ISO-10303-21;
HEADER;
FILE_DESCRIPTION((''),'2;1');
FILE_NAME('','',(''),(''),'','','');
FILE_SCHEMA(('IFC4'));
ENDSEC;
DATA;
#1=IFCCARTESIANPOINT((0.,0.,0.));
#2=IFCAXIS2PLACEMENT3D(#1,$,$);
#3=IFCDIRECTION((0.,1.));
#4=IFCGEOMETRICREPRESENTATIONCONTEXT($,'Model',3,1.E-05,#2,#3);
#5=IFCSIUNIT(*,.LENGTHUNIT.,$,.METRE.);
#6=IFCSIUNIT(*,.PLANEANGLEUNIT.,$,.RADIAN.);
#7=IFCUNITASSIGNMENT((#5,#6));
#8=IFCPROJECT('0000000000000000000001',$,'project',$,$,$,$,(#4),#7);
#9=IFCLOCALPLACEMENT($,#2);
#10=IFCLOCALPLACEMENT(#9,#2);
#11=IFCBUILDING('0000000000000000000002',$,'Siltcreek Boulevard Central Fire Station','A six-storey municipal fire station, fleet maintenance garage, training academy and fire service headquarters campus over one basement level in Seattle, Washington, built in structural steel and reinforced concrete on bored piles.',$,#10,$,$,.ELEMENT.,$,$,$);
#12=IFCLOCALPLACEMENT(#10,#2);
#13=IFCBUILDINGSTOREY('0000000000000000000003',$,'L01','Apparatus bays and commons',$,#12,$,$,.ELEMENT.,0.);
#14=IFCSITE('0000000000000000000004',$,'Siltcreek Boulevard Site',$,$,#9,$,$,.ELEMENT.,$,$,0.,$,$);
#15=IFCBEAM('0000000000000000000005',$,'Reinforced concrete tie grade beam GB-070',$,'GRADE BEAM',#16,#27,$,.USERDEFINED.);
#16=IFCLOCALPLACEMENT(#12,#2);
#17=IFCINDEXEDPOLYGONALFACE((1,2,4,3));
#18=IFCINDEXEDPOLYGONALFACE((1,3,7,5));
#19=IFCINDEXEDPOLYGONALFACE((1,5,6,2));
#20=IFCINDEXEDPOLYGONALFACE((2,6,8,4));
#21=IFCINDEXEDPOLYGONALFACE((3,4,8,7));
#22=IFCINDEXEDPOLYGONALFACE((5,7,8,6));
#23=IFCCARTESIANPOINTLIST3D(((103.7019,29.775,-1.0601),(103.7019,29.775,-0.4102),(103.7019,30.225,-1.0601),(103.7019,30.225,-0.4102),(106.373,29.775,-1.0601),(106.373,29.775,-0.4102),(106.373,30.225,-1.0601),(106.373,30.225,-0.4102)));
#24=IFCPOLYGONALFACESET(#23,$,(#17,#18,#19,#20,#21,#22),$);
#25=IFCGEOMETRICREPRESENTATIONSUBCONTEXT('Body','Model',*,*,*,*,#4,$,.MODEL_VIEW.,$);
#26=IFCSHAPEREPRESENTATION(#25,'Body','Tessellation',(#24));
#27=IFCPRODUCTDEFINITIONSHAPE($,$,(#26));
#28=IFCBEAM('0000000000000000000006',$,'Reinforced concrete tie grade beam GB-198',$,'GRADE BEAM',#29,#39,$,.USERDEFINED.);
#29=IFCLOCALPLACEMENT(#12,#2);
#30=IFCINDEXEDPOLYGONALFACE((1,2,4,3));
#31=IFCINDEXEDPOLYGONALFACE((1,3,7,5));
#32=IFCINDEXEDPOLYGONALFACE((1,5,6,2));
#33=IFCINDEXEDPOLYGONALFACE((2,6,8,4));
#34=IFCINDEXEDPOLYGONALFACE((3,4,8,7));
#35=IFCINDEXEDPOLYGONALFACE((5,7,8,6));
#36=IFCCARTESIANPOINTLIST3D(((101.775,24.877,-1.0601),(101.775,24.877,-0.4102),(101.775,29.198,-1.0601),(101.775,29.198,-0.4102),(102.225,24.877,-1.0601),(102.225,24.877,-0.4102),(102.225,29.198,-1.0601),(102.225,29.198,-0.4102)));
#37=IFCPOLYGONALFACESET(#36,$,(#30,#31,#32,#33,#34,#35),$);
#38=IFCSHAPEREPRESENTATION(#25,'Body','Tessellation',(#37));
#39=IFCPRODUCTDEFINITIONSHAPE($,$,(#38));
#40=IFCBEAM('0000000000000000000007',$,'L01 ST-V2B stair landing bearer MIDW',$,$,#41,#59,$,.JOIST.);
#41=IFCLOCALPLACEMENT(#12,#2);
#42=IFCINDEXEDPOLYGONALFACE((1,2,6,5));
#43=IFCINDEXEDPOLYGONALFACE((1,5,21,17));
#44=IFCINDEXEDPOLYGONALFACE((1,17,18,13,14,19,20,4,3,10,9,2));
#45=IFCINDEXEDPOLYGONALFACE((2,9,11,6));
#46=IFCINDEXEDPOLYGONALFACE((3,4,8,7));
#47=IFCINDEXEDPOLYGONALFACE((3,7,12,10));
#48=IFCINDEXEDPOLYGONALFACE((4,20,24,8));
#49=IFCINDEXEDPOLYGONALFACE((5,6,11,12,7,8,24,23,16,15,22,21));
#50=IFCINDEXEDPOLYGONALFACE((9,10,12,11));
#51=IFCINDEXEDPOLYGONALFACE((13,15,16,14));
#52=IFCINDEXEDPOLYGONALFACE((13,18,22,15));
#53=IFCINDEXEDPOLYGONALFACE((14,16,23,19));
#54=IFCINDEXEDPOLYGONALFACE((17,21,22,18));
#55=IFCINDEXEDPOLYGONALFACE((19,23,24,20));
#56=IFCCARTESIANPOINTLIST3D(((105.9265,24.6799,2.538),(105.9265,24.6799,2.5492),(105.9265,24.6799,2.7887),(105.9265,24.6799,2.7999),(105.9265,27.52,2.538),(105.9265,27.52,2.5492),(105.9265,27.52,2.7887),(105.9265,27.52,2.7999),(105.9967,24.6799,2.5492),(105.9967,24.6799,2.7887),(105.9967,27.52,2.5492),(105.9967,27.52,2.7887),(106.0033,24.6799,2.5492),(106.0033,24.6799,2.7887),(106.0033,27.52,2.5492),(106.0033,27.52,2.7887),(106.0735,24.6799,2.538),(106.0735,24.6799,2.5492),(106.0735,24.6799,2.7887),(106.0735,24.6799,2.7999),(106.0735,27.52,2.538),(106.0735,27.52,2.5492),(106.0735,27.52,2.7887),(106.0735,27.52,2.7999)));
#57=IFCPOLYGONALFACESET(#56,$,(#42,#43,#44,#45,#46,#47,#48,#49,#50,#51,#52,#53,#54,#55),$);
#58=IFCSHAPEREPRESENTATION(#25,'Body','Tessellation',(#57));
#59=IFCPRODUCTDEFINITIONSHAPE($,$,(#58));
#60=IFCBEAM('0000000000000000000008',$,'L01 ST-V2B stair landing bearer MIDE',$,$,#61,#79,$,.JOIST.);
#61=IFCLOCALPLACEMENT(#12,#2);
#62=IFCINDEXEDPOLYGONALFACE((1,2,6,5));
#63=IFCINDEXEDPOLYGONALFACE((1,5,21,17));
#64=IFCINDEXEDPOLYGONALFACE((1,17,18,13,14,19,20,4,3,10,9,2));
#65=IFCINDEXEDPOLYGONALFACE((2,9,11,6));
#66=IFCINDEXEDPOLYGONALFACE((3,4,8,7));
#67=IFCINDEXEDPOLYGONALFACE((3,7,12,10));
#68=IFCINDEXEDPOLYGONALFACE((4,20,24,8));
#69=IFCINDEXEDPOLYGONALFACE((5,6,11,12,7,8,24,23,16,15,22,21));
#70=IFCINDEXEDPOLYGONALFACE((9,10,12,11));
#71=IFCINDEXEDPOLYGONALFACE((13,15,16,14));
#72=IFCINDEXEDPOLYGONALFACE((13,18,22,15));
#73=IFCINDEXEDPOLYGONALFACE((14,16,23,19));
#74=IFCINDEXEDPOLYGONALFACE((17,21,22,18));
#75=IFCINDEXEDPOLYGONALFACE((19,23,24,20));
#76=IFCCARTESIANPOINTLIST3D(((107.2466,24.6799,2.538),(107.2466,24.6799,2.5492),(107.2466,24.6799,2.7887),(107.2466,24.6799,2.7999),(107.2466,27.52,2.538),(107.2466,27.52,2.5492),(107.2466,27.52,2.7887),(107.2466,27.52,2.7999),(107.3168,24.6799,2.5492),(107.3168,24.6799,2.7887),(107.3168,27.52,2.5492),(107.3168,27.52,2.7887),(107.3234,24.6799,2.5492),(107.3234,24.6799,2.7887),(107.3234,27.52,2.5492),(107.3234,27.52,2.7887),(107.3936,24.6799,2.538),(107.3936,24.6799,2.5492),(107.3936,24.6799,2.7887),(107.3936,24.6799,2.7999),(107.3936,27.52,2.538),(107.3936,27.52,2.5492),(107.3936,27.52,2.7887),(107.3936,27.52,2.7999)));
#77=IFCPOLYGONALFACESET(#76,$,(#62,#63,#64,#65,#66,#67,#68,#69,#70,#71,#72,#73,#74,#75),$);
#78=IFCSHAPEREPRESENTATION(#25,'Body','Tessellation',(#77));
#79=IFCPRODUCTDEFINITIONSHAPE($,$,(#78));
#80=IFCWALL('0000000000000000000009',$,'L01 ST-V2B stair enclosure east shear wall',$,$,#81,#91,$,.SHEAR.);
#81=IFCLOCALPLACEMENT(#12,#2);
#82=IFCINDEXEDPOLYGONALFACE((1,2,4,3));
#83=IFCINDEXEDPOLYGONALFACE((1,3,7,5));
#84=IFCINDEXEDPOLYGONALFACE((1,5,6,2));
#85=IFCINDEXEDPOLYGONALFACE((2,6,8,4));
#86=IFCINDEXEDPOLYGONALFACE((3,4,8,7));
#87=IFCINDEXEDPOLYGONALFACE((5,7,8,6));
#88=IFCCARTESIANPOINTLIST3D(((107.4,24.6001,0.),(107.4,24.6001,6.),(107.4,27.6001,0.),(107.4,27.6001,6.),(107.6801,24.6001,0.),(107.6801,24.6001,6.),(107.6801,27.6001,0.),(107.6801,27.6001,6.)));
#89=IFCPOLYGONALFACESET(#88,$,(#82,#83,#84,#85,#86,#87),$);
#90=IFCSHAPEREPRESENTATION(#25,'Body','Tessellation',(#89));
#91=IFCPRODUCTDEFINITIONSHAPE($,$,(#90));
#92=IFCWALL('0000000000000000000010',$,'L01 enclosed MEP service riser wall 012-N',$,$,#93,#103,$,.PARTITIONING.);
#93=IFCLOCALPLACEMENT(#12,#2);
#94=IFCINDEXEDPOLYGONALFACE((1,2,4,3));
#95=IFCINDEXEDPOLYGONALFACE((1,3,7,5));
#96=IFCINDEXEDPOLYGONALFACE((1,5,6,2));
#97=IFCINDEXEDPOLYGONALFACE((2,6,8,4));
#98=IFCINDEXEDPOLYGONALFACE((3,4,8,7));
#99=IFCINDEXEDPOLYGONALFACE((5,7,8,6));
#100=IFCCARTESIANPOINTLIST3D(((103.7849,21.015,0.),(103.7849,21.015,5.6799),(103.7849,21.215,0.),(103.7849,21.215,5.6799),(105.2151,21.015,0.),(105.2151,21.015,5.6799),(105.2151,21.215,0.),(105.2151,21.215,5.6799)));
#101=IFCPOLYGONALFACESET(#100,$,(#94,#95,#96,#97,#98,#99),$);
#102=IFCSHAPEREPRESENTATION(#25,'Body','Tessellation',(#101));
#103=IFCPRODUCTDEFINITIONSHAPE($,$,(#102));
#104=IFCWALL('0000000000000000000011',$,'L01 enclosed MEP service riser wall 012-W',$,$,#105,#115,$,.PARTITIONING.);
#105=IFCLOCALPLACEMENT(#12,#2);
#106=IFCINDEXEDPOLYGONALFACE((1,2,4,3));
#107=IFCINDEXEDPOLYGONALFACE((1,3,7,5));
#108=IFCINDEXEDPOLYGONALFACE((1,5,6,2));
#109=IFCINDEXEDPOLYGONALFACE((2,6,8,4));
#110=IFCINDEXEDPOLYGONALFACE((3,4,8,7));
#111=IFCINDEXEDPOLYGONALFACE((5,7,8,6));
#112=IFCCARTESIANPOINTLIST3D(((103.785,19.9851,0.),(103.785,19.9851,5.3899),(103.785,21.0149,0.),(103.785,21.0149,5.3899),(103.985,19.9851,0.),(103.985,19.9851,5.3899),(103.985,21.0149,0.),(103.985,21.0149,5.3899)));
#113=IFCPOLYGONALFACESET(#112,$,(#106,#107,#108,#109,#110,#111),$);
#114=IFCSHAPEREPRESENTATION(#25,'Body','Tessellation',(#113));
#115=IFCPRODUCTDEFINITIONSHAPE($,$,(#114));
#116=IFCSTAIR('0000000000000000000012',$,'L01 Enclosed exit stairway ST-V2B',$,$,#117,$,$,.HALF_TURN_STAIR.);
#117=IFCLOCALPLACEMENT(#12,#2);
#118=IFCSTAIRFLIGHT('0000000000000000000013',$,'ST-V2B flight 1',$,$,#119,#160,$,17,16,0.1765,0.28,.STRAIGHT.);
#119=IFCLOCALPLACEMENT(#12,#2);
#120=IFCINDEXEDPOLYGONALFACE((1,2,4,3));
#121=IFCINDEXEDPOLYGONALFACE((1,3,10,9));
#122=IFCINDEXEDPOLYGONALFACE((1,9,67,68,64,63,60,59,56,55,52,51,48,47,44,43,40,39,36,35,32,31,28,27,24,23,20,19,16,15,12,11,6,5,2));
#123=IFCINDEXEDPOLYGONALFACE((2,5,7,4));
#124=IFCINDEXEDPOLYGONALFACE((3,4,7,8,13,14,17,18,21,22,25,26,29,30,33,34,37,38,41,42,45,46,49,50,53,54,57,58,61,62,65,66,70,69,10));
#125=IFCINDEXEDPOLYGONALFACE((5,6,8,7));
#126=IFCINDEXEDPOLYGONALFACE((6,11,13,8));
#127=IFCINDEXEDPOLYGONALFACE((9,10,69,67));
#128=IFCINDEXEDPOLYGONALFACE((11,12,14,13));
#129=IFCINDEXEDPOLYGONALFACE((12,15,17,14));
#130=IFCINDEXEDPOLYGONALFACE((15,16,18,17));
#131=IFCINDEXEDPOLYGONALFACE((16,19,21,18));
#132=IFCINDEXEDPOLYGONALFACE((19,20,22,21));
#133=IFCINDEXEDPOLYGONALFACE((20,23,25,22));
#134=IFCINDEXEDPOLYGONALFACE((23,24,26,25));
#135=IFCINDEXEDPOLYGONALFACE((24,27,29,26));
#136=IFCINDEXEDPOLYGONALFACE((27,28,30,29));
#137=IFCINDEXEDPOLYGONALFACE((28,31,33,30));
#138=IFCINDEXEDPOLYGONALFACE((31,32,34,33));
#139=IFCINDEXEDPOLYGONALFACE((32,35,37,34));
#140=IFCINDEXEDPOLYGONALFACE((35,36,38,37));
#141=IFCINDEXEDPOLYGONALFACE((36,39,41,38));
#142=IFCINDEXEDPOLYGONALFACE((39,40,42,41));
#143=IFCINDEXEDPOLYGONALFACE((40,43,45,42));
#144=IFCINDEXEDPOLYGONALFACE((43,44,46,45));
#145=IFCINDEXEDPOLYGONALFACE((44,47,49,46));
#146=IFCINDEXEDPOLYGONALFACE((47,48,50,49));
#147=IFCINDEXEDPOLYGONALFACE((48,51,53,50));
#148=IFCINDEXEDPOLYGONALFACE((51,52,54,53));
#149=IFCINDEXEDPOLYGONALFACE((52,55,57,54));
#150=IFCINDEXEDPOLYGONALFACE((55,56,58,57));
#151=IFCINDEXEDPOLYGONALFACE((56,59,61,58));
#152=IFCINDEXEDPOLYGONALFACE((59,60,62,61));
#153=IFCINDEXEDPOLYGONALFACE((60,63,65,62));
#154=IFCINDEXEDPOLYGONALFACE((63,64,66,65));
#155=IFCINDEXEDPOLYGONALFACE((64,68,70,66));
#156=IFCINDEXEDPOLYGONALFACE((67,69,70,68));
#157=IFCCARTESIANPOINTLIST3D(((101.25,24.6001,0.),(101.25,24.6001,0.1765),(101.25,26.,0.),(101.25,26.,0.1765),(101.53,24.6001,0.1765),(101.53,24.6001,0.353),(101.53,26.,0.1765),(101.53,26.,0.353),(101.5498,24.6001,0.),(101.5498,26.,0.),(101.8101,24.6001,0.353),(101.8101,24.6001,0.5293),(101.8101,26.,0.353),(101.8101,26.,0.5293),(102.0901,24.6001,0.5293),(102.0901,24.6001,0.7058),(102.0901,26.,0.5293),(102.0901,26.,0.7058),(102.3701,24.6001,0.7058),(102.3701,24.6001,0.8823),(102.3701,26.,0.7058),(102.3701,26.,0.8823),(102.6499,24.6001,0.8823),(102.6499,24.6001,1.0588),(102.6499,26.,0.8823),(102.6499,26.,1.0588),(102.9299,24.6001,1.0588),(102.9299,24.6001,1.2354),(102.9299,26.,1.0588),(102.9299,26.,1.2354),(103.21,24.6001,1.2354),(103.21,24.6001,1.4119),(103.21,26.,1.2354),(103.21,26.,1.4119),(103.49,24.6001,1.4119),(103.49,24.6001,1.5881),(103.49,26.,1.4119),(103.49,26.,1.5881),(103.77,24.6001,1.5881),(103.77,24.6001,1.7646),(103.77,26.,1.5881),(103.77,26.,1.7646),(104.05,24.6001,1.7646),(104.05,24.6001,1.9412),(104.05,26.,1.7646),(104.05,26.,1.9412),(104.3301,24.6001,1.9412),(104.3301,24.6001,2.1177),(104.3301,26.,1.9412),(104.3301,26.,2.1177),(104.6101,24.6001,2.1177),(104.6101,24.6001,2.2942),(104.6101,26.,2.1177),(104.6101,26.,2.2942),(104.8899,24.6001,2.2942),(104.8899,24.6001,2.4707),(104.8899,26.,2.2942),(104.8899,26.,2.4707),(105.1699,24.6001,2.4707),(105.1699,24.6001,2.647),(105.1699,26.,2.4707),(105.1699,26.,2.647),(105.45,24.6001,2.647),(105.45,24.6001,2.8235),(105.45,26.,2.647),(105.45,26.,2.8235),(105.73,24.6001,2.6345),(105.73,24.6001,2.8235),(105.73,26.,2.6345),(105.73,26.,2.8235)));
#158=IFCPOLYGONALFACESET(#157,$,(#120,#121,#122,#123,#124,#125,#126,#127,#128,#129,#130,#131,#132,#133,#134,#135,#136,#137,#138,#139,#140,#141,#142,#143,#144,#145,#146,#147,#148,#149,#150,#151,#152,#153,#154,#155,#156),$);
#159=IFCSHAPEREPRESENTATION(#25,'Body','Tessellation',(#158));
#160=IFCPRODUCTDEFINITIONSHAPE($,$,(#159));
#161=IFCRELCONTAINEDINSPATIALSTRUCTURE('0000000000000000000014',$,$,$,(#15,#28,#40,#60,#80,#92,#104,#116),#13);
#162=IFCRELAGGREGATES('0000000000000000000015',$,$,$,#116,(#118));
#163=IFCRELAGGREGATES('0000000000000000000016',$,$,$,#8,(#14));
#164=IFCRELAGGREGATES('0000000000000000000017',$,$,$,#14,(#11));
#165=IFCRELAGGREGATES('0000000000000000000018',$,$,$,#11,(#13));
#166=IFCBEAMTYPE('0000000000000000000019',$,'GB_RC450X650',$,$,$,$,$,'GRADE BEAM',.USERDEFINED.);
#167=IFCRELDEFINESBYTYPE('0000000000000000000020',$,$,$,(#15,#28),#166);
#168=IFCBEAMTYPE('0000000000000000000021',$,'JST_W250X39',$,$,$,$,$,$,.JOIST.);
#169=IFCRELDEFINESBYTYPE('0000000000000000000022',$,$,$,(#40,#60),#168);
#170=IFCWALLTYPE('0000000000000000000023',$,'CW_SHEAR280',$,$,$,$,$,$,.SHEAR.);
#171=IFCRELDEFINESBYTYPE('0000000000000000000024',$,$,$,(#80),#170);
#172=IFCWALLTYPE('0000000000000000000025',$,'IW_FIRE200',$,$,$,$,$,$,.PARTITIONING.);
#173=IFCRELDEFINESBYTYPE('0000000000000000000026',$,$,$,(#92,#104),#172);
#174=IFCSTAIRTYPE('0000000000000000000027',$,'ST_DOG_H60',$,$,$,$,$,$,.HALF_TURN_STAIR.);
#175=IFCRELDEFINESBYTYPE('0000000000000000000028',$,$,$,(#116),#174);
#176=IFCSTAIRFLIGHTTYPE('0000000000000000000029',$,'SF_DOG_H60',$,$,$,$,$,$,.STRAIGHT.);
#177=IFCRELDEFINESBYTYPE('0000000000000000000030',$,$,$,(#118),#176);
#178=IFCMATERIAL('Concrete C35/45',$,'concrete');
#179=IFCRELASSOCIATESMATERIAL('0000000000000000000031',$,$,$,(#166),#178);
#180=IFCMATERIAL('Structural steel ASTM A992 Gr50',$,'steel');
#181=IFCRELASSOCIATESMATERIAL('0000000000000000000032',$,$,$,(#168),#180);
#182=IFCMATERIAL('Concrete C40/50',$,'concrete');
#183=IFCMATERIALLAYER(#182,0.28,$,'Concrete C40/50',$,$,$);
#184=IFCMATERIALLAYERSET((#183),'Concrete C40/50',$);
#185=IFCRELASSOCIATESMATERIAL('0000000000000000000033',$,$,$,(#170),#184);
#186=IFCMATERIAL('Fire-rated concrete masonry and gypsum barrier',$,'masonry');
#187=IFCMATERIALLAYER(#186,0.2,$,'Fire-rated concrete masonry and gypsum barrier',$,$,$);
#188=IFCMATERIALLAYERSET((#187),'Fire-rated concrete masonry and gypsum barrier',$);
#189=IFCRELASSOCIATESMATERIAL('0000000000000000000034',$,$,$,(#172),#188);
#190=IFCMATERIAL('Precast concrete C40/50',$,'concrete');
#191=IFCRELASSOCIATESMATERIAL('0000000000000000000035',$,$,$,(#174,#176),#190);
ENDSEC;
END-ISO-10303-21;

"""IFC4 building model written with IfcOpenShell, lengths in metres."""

from ifc_helpers import new_model, si_unit, direction, frame, frame_2d, origin, origin_2d, place, context, subcontext, project, spatial, polyline, rectangle, i_section, outline, extrude, material, layer, layer_set, material_profile, profile_set, type_object, element, aggregate, save


model = new_model("IFC4")

# Units and contexts
model_context = context("Model", 3, precision=1e-05, world=origin(), true_north=direction((0.0, 1.0)))
body_context = subcontext(model_context, "Body", "Model", "MODEL_VIEW")
ifc_project = project(units=[si_unit("LENGTHUNIT", "METRE"), si_unit("PLANEANGLEUNIT", "RADIAN")], contexts=[model_context])

# Site, building, storey
site_placement = place(None, origin())
site = spatial("IfcSite", under=ifc_project, at=site_placement, Name="Siltcreek Boulevard Site", CompositionType="ELEMENT", RefElevation=0.0)
building_placement = place(site_placement, origin())
building = spatial("IfcBuilding", under=site, at=building_placement, Name="Siltcreek Boulevard Central Fire Station", Description="A six-storey municipal fire station, fleet maintenance garage, training academy and fire service headquarters campus over one basement level in Seattle, Washington, built in structural steel and reinforced concrete on bored piles.", CompositionType="ELEMENT")
storey_placement = place(building_placement, origin())
storey = spatial("IfcBuildingStorey", under=building, at=storey_placement, Name="L01", Description="Apparatus bays and commons", CompositionType="ELEMENT", Elevation=0.0)

# Shared definitions
ifc_material_1 = material(Name="Concrete C35/45", Category="concrete")

# Shared definitions
ifc_material_2 = material(Name="Structural steel ASTM A992 Gr50", Category="steel")

# Beams
ifc_material_profile_1 = material_profile(ifc_material_1, rectangle(XDim=0.45, YDim=0.6499, at=origin_2d()), Name="RC450X650")
ifc_profile_set_1 = profile_set([ifc_material_profile_1], Name="Concrete C35/45")
beam_type_1 = type_object("IfcBeamType", Name="GB_RC450X650", ElementType="GRADE BEAM", PredefinedType="USERDEFINED", material=ifc_profile_set_1)
beam_1_placement = place(storey_placement, frame((103.7019, 30.0, -0.7351), z_axis=(1.0, 0.0, 0.0), x_axis=(0.0, 1.0, 0.0)))
element("IfcBeam", 1, at=beam_1_placement, inside=storey, type_object=beam_type_1, Name="Reinforced concrete tie grade beam GB-070", ObjectType="GRADE BEAM", PredefinedType="USERDEFINED", context=body_context, shape_type="SweptSolid", body=[
    extrude(rectangle(XDim=0.45, YDim=0.6499, at=origin_2d()), origin(), (0.0, 0.0, 1.0), 2.6711),
])
beam_2_placement = place(storey_placement, frame((102.0, 24.877, -0.7351), z_axis=(0.0, 1.0, 0.0), x_axis=(-1.0, 0.0, 0.0)))
element("IfcBeam", 2, at=beam_2_placement, inside=storey, type_object=beam_type_1, Name="Reinforced concrete tie grade beam GB-198", ObjectType="GRADE BEAM", PredefinedType="USERDEFINED", context=body_context, shape_type="SweptSolid", body=[
    extrude(rectangle(XDim=0.45, YDim=0.6499, at=origin_2d()), origin(), (0.0, 0.0, 1.0), 4.321),
])
ifc_material_profile_2 = material_profile(ifc_material_2, i_section(OverallWidth=0.147, OverallDepth=0.262, WebThickness=0.0066, FlangeThickness=0.0112, at=origin_2d()), Name="W250X39")
ifc_profile_set_2 = profile_set([ifc_material_profile_2], Name="Structural steel ASTM A992 Gr50")
beam_type_2 = type_object("IfcBeamType", Name="JST_W250X39", PredefinedType="JOIST", material=ifc_profile_set_2)
for number, where, z_axis, x_axis, name in (
    (3, (106.0, 24.6799, 2.6689), (0.0, 1.0, 0.0), (-1.0, 0.0, 0.0), "L01 ST-V2B stair landing bearer MIDW"),
    (4, (107.3201, 24.6799, 2.6689), (0.0, 1.0, 0.0), (-1.0, 0.0, 0.0), "L01 ST-V2B stair landing bearer MIDE"),
):
    element("IfcBeam", number, at=place(storey_placement, frame(where, z_axis=z_axis, x_axis=x_axis)), inside=storey, type_object=beam_type_2, Name=name, PredefinedType="JOIST", context=body_context, shape_type="SweptSolid", body=[
        extrude(i_section(OverallWidth=0.147, OverallDepth=0.262, WebThickness=0.0066, FlangeThickness=0.0112, at=origin_2d()), origin(), (0.0, 0.0, 1.0), 2.8401),
    ])

# Walls
ifc_material_3 = material(Name="Concrete C40/50", Category="concrete")
ifc_layer_1 = layer(ifc_material_3, 0.28, Name="Concrete C40/50")
ifc_layer_set_1 = layer_set([ifc_layer_1], Name="Concrete C40/50")
wall_type_1 = type_object("IfcWallType", Name="CW_SHEAR280", PredefinedType="SHEAR", material=ifc_layer_set_1)
wall_1_placement = place(storey_placement, frame((107.54, 24.6001, 0.0), z_axis=(0.0, 0.0, 1.0), x_axis=(0.0, 1.0, 0.0)))
element("IfcWall", 5, at=wall_1_placement, inside=storey, type_object=wall_type_1, Name="L01 ST-V2B stair enclosure east shear wall", PredefinedType="SHEAR", context=body_context, shape_type="SweptSolid", body=[
    extrude(rectangle(XDim=3.0, YDim=0.28, at=frame_2d((1.5, 0.0))), origin(), (0.0, 0.0, 1.0), 6.0),
])
ifc_material_4 = material(Name="Fire-rated concrete masonry and gypsum barrier", Category="masonry")
ifc_layer_2 = layer(ifc_material_4, 0.2, Name="Fire-rated concrete masonry and gypsum barrier")
ifc_layer_set_2 = layer_set([ifc_layer_2], Name="Fire-rated concrete masonry and gypsum barrier")
wall_type_2 = type_object("IfcWallType", Name="IW_FIRE200", PredefinedType="PARTITIONING", material=ifc_layer_set_2)
wall_2_placement = place(storey_placement, frame((105.2151, 21.115, 0.0), z_axis=(0.0, 0.0, 1.0), x_axis=(-1.0, 0.0, 0.0)))
element("IfcWall", 6, at=wall_2_placement, inside=storey, type_object=wall_type_2, Name="L01 enclosed MEP service riser wall 012-N", PredefinedType="PARTITIONING", context=body_context, shape_type="SweptSolid", body=[
    extrude(rectangle(XDim=1.4302, YDim=0.2, at=frame_2d((0.7151, 0.0))), origin(), (0.0, 0.0, 1.0), 5.6799),
])
wall_3_placement = place(storey_placement, frame((103.885, 21.0149, 0.0), z_axis=(0.0, 0.0, 1.0), x_axis=(0.0, -1.0, 0.0)))
element("IfcWall", 7, at=wall_3_placement, inside=storey, type_object=wall_type_2, Name="L01 enclosed MEP service riser wall 012-W", PredefinedType="PARTITIONING", context=body_context, shape_type="SweptSolid", body=[
    extrude(rectangle(XDim=1.0298, YDim=0.2, at=frame_2d((0.5149, 0.0))), origin(), (0.0, 0.0, 1.0), 5.3899),
])

# Stair, stair flight
ifc_material_5 = material(Name="Precast concrete C40/50", Category="concrete")
stair_type = type_object("IfcStairType", Name="ST_DOG_H60", PredefinedType="HALF_TURN_STAIR", material=ifc_material_5)
stair_placement = place(storey_placement, origin())
stair = element("IfcStair", 8, at=stair_placement, inside=storey, type_object=stair_type, Name="L01 Enclosed exit stairway ST-V2B", PredefinedType="HALF_TURN_STAIR")
stair_flight_type = type_object("IfcStairFlightType", Name="SF_DOG_H60", PredefinedType="STRAIGHT", material=ifc_material_5)
stair_flight_1_placement = place(storey_placement, frame((101.25, 25.3, 0.0), z_axis=(0.0, 0.0, 1.0), x_axis=(1.0, 0.0, 0.0)))
stair_flight_1 = element("IfcStairFlight", 9, at=stair_flight_1_placement, type_object=stair_flight_type, Name="ST-V2B flight 1", NumberOfRisers=17, NumberOfTreads=16, PredefinedType="STRAIGHT", RiserHeight=0.1765, TreadLength=0.28, context=body_context, shape_type="SweptSolid", body=[
    extrude(outline(polyline([(0.0, 0.0), (0.0, 0.1765), (0.28, 0.1765), (0.28, 0.353), (0.5601, 0.353), (0.5601, 0.5293), (0.8401, 0.5293), (0.8401, 0.7058), (1.1201, 0.7058), (1.1201, 0.8823), (1.3999, 0.8823), (1.3999, 1.0588), (1.6799, 1.0588), (1.6799, 1.2354), (1.96, 1.2354), (1.96, 1.4119), (2.24, 1.4119), (2.24, 1.5881), (2.52, 1.5881), (2.52, 1.7646), (2.8, 1.7646), (2.8, 1.9412), (3.0801, 1.9412), (3.0801, 2.1177), (3.3601, 2.1177), (3.3601, 2.2942), (3.6399, 2.2942), (3.6399, 2.4707), (3.9199, 2.4707), (3.9199, 2.647), (4.2, 2.647), (4.2, 2.8235), (4.48, 2.8235), (4.48, 3.0), (4.48, 2.6345), (0.2998, 0.0), (0.0, 0.0)])), frame((0.0, 0.7, 0.0), z_axis=(0.0, -1.0, 0.0), x_axis=(1.0, 0.0, 0.0)), (0.0, 0.0, 1.0), 1.3999),
])
aggregate(stair, [stair_flight_1])

save(model, "model.ifc")
